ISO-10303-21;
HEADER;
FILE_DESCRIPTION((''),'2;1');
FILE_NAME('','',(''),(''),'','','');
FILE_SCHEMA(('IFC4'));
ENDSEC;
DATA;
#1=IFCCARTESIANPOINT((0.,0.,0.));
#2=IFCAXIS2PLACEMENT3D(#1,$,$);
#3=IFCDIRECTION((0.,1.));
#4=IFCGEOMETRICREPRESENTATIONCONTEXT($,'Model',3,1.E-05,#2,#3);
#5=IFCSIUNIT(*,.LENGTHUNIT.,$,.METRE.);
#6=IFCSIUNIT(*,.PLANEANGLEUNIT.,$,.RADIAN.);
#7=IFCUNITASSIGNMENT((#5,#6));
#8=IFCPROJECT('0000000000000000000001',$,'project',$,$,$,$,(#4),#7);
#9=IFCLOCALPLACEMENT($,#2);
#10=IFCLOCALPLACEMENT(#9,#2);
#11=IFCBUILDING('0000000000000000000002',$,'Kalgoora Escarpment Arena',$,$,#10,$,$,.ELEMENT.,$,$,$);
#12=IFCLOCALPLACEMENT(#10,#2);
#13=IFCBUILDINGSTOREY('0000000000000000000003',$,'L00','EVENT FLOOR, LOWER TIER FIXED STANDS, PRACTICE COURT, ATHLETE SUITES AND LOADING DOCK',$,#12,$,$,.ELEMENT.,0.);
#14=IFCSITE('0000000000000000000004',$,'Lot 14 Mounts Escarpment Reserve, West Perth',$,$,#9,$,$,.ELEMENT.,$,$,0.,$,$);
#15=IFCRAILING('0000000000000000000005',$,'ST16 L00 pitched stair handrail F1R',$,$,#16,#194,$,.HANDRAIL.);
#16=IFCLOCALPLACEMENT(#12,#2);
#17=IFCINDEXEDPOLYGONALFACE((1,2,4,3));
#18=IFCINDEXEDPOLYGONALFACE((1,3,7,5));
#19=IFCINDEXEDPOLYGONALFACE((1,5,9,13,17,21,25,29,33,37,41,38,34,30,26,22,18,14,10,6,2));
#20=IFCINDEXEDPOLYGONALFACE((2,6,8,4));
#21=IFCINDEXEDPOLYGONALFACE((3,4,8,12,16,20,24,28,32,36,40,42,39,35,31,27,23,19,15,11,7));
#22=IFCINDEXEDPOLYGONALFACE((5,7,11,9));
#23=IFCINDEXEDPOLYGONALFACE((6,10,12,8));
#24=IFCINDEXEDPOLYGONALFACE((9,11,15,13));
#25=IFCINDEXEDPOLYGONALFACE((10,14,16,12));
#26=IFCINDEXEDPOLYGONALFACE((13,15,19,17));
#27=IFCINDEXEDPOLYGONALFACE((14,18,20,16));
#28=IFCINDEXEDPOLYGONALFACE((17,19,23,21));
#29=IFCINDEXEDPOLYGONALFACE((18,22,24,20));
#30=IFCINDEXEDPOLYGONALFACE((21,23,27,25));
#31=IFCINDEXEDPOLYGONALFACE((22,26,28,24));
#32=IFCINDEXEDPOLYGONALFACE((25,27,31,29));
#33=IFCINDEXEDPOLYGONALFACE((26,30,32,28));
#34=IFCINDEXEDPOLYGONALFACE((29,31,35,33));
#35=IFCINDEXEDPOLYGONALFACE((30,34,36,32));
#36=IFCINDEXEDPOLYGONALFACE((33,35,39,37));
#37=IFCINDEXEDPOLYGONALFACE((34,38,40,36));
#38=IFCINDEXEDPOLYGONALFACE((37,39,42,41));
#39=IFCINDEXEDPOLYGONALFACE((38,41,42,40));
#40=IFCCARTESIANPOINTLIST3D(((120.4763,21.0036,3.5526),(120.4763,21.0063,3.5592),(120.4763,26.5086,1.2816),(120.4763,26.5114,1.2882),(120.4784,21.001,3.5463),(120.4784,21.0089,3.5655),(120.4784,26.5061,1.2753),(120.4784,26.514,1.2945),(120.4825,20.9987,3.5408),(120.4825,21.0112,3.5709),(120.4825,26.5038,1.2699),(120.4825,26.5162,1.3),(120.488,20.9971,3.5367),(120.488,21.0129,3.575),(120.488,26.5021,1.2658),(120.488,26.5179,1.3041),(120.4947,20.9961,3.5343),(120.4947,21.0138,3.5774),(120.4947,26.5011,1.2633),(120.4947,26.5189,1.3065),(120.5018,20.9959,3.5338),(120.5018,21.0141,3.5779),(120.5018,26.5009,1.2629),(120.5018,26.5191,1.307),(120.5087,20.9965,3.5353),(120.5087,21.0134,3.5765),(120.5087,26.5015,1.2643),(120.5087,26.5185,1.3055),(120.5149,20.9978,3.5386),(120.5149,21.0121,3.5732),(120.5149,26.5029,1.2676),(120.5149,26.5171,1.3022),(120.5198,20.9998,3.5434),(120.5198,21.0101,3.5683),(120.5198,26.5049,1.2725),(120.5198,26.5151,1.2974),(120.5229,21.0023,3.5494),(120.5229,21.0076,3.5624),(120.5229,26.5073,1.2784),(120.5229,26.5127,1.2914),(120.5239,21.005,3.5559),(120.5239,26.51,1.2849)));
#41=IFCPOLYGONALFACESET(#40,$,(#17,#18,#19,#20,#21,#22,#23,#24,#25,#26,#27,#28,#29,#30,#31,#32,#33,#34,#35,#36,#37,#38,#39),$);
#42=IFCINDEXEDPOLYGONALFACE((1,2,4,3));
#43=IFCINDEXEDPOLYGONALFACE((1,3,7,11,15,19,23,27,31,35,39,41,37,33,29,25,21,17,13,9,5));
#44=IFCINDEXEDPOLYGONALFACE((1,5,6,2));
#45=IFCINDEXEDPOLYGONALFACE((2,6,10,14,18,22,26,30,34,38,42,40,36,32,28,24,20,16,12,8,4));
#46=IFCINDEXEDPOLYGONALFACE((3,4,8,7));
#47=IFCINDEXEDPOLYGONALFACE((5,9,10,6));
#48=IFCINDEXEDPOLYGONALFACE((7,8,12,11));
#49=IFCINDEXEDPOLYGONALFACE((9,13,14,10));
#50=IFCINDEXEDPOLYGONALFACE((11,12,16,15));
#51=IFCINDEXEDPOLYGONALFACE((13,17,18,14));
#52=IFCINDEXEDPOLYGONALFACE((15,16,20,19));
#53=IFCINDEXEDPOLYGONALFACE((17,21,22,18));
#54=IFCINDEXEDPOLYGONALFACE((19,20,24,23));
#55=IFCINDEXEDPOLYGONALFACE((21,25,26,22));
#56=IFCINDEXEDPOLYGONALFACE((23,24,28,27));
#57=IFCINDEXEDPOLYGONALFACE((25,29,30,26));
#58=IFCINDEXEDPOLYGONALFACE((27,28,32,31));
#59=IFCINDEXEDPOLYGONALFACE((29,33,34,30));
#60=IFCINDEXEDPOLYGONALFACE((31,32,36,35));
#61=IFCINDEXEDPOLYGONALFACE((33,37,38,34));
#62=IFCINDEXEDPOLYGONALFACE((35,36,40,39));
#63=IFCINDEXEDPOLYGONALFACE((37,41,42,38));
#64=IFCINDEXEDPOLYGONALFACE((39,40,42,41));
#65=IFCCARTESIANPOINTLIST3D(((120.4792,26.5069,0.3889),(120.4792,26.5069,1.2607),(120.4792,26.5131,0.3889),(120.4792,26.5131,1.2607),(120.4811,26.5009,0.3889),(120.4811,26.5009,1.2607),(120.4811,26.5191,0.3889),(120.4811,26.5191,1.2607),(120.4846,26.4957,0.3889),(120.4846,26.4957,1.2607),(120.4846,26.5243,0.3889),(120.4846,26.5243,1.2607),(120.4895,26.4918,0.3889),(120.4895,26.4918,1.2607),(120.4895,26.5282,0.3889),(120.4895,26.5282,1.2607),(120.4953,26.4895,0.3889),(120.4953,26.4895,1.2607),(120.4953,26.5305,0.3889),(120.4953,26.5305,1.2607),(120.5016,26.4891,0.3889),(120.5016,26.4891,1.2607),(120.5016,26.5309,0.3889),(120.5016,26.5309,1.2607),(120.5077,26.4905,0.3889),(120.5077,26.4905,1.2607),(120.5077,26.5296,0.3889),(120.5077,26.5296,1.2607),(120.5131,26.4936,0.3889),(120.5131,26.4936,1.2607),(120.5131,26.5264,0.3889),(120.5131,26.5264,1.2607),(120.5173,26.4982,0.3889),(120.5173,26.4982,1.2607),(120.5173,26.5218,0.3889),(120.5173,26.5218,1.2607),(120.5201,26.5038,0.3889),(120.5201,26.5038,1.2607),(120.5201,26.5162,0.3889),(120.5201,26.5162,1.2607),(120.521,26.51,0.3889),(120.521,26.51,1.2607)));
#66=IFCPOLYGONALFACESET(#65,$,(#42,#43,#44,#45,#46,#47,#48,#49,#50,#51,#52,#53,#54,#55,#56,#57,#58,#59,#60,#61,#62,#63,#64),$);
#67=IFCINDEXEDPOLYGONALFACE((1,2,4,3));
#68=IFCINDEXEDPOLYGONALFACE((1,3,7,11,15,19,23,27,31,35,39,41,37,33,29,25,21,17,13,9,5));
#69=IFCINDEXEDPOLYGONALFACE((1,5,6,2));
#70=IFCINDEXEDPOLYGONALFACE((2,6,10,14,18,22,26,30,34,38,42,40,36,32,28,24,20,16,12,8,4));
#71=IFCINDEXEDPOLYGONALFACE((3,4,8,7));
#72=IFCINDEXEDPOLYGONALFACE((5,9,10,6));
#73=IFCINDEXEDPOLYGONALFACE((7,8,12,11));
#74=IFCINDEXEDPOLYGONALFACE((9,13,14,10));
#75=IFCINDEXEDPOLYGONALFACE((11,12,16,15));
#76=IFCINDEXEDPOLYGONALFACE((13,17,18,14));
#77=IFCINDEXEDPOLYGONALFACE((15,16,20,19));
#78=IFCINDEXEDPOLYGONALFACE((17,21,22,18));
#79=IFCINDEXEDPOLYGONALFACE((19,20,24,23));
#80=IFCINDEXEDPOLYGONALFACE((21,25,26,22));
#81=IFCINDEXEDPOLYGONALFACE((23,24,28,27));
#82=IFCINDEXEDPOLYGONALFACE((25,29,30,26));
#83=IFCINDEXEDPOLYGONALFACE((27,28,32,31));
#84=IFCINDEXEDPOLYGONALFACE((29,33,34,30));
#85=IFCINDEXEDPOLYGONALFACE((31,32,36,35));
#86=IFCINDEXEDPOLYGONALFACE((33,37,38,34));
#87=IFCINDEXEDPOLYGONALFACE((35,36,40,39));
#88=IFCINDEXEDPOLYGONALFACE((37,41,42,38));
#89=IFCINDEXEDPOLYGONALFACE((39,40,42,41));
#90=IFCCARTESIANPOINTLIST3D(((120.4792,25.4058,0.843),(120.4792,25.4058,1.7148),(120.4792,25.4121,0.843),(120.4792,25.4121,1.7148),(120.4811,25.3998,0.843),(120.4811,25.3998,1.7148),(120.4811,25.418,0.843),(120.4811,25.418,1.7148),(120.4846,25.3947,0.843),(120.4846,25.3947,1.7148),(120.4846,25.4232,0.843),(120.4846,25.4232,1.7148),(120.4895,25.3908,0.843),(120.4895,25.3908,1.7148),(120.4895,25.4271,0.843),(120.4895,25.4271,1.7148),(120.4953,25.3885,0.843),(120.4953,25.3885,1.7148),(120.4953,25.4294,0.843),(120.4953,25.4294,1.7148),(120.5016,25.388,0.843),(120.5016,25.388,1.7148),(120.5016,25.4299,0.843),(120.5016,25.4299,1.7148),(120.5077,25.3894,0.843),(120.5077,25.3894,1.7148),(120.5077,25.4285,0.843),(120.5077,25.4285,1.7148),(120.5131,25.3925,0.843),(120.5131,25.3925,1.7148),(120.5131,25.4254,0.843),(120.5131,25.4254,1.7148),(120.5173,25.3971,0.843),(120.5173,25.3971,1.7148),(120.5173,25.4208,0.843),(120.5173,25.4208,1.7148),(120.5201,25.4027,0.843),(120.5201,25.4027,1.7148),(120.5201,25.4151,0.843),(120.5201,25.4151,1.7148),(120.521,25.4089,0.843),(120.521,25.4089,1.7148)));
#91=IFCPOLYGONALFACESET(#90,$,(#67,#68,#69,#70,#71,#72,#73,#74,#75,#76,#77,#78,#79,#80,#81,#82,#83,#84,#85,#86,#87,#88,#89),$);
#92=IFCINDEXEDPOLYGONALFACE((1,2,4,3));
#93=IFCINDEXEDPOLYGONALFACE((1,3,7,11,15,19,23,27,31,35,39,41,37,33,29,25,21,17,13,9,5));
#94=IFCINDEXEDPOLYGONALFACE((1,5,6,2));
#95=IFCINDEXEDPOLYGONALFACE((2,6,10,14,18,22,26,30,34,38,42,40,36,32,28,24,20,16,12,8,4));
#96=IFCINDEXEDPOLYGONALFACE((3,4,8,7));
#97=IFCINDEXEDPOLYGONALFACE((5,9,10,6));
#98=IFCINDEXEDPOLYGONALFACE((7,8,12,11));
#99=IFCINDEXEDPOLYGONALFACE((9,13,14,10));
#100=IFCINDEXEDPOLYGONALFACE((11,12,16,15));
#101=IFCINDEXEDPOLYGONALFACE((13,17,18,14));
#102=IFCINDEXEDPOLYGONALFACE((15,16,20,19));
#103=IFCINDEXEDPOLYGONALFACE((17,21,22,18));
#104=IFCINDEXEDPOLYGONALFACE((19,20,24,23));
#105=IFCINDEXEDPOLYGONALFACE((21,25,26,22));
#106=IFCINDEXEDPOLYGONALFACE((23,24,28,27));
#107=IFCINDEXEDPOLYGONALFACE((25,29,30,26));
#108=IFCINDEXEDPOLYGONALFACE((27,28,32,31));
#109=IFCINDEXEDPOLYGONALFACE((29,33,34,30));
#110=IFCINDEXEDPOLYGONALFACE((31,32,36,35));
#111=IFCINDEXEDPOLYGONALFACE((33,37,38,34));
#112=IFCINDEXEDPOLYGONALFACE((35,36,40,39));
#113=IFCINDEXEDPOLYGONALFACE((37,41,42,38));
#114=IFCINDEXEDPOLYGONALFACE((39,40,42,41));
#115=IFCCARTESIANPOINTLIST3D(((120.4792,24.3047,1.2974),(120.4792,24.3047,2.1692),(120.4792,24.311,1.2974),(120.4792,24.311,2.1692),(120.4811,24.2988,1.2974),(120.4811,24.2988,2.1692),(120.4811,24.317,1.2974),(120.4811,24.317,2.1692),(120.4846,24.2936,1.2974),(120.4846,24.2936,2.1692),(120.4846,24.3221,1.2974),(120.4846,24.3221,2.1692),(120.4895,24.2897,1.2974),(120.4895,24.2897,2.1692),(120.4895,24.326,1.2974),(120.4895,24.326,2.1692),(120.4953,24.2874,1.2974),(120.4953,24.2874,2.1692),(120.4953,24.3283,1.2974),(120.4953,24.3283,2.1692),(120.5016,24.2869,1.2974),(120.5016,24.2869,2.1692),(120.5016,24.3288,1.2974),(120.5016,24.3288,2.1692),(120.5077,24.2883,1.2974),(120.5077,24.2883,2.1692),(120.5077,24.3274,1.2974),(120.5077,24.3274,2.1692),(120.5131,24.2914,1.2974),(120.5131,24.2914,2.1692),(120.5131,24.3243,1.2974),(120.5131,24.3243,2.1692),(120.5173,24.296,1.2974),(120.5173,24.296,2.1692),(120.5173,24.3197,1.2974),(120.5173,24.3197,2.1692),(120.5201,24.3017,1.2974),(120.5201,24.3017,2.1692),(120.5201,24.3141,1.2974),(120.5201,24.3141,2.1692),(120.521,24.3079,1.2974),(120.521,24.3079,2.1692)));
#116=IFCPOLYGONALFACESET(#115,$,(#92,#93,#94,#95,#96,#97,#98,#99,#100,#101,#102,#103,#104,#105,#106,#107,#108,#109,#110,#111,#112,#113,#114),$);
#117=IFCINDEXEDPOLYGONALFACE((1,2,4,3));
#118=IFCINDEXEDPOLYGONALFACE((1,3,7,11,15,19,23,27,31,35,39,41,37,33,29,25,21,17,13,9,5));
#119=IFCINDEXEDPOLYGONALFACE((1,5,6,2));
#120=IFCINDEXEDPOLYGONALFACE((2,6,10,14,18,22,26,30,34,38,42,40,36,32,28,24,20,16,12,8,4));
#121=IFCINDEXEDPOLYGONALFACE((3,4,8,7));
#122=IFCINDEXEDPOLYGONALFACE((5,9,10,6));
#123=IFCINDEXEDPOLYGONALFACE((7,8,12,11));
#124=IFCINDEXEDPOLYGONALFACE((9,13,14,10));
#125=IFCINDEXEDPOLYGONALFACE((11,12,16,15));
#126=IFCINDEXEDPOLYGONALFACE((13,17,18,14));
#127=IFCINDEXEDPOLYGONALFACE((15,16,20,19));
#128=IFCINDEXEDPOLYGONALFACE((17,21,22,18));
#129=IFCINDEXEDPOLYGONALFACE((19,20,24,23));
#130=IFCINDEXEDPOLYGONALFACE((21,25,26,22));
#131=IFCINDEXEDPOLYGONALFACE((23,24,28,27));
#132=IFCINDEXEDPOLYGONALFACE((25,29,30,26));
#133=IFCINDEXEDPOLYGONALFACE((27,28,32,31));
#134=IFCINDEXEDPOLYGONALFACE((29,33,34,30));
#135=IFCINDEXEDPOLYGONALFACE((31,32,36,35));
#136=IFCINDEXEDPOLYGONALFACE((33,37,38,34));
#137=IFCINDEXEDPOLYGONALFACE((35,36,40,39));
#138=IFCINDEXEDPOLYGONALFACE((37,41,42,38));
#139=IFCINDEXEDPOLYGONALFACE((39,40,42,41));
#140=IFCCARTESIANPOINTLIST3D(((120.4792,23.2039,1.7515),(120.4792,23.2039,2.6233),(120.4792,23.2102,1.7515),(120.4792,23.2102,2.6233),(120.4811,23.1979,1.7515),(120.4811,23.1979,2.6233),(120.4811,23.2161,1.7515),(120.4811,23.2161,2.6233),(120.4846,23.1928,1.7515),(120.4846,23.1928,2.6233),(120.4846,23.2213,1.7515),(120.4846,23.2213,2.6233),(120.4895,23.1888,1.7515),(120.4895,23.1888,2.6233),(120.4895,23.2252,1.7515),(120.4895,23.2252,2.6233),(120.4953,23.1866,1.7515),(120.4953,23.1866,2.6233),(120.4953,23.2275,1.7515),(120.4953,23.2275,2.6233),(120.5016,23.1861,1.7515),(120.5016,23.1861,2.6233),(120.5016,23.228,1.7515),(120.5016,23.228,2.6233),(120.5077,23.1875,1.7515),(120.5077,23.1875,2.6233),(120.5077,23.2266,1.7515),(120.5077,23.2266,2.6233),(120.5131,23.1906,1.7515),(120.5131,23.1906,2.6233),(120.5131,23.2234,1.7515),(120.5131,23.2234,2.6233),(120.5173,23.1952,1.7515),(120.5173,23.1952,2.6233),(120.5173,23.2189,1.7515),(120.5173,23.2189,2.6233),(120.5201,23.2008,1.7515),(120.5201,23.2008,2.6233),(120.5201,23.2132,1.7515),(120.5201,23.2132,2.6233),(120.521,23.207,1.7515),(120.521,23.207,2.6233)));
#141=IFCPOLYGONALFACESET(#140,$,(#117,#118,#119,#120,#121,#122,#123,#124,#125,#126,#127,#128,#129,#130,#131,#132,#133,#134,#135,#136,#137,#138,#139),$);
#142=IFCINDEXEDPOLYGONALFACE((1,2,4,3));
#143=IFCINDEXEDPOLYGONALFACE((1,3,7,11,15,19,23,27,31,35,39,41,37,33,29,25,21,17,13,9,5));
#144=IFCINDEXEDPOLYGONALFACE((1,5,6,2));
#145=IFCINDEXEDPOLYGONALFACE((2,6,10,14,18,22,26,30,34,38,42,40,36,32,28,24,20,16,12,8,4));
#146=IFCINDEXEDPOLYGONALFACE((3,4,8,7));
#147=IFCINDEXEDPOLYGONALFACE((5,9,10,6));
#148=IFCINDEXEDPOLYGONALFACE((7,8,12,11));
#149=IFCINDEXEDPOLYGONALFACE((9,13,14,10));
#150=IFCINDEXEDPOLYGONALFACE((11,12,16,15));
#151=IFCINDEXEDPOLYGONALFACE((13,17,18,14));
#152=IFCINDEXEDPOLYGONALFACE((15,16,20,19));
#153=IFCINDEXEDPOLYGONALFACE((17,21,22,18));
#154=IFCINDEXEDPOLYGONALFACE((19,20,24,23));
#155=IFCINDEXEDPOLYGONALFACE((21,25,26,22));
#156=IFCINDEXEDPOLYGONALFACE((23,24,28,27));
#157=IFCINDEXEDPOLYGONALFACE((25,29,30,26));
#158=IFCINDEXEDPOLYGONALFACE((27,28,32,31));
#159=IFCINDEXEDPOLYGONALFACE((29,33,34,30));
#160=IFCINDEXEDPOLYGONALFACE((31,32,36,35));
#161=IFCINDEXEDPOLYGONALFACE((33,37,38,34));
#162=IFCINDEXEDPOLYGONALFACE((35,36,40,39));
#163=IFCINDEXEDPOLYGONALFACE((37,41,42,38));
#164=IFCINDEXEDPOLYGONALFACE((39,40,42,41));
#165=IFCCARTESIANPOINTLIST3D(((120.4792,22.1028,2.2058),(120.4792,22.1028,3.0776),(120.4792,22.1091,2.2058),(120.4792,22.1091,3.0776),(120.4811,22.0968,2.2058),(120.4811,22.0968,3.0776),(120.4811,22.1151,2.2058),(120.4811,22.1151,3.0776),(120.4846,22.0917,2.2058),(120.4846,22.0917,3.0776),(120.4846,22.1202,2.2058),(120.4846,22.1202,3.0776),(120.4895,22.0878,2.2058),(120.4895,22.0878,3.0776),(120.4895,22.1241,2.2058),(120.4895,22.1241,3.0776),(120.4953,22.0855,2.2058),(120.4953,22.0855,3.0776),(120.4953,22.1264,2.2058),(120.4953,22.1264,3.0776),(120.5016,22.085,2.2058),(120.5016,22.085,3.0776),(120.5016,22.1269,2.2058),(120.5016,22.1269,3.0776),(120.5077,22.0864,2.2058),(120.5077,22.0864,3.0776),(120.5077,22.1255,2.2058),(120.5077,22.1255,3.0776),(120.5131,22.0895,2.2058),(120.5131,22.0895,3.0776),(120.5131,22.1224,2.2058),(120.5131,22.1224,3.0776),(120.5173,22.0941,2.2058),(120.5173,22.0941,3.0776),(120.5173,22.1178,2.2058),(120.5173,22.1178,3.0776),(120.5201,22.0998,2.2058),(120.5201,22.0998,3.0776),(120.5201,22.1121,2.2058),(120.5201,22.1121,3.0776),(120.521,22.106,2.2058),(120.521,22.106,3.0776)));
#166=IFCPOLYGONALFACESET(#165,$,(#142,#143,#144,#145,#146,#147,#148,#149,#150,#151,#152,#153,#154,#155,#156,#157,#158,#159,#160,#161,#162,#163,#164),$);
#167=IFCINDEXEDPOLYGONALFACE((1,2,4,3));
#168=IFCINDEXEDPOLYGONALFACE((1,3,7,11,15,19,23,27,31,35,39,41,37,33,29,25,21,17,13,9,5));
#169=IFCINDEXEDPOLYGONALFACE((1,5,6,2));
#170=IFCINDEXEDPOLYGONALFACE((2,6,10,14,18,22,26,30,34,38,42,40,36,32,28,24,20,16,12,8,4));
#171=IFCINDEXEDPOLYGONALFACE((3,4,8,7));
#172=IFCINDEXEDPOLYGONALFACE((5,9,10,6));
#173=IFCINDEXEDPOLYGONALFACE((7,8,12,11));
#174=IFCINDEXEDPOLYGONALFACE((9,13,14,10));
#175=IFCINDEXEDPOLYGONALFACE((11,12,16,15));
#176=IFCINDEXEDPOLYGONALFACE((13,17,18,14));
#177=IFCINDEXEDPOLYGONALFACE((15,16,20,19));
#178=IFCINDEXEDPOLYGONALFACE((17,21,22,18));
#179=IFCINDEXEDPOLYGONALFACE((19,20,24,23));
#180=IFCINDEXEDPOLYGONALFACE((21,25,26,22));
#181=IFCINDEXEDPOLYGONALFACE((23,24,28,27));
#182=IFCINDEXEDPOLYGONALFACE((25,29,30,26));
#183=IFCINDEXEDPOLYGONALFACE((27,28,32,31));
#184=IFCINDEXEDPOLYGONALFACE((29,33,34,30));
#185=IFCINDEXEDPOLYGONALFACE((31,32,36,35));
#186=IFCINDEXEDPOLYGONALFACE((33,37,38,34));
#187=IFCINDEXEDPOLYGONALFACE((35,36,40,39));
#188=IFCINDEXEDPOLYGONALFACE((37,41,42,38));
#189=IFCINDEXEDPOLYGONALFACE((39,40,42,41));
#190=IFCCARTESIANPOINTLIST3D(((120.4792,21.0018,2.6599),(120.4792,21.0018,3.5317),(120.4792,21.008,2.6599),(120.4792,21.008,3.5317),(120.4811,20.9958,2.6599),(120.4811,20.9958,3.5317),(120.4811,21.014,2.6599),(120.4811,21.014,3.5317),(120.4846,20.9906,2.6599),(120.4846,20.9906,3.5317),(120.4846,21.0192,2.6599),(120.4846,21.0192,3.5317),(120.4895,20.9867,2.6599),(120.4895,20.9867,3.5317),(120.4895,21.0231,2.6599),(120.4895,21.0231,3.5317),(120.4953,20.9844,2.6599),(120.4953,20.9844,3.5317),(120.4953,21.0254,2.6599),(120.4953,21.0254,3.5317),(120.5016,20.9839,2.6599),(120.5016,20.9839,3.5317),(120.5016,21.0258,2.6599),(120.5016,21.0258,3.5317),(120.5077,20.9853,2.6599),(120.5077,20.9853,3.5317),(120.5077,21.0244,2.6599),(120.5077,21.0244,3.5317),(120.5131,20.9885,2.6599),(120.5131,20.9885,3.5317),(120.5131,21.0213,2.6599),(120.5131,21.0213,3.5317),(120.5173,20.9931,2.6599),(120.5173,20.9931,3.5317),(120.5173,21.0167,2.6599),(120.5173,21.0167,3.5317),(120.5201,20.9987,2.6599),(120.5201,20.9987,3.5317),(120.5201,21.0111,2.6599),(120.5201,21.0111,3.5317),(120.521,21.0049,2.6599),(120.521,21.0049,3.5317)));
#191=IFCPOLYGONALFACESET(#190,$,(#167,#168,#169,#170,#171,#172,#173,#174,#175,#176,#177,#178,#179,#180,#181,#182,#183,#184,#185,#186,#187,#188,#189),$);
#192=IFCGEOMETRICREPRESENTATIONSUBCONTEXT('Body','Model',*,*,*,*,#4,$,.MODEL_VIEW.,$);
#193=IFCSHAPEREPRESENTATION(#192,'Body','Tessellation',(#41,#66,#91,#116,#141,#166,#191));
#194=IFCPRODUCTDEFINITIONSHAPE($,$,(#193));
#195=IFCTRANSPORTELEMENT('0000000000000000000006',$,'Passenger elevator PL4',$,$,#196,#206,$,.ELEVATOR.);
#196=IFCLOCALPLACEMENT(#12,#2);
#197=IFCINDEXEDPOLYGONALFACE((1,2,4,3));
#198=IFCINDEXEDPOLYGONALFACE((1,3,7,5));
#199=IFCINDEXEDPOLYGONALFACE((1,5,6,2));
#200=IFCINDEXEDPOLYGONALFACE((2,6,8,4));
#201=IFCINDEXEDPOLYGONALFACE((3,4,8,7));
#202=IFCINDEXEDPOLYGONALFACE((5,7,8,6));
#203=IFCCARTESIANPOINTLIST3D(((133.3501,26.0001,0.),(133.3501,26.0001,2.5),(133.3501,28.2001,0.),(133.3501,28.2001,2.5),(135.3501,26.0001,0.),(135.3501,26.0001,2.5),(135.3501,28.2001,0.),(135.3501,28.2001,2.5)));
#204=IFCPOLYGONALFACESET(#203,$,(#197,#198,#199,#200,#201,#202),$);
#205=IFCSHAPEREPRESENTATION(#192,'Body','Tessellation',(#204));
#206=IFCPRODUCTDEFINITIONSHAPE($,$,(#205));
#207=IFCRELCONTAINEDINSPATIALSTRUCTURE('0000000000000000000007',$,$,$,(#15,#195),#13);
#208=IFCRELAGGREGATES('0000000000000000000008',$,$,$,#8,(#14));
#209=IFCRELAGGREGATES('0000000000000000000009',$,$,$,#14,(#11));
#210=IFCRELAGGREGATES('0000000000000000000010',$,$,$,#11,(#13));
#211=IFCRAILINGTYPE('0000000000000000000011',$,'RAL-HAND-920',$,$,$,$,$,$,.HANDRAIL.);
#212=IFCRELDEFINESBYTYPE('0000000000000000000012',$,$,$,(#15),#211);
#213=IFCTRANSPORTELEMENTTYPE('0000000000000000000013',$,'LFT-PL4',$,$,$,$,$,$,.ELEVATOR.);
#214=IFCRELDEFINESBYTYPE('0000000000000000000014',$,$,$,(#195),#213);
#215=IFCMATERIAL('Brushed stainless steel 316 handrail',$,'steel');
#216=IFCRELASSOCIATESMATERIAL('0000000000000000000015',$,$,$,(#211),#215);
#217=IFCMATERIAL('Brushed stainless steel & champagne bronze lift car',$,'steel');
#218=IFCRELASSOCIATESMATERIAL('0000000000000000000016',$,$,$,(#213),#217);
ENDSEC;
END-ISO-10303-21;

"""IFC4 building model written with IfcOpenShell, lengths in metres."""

from ifc_helpers import new_model, si_unit, direction, frame, origin, origin_2d, place, context, subcontext, project, spatial, rectangle, circle, extrude, material, type_object, element, save


model = new_model("IFC4")

# Units and contexts
model_context = context("Model", 3, precision=1e-05, world=origin(), true_north=direction((0.0, 1.0)))
body_context = subcontext(model_context, "Body", "Model", "MODEL_VIEW")
ifc_project = project(units=[si_unit("LENGTHUNIT", "METRE"), si_unit("PLANEANGLEUNIT", "RADIAN")], contexts=[model_context])

# Site, building, storey
site_placement = place(None, origin())
site = spatial("IfcSite", under=ifc_project, at=site_placement, Name="Lot 14 Mounts Escarpment Reserve, West Perth", CompositionType="ELEMENT", RefElevation=0.0)
building_placement = place(site_placement, origin())
building = spatial("IfcBuilding", under=site, at=building_placement, Name="Kalgoora Escarpment Arena", CompositionType="ELEMENT")
storey_placement = place(building_placement, origin())
storey = spatial("IfcBuildingStorey", under=building, at=storey_placement, Name="L00", Description="EVENT FLOOR, LOWER TIER FIXED STANDS, PRACTICE COURT, ATHLETE SUITES AND LOADING DOCK", CompositionType="ELEMENT", Elevation=0.0)

# Railing
ifc_material_1 = material(Name="Brushed stainless steel 316 handrail", Category="steel")
railing_type = type_object("IfcRailingType", Name="RAL-HAND-920", PredefinedType="HANDRAIL", material=ifc_material_1)
for number, where, name in (
    (1, (120.5, 26.51, 0.3889), "ST16 L00 pitched stair handrail F1R"),
):
    element("IfcRailing", number, at=place(storey_placement, frame(where)), inside=storey, type_object=railing_type, Name=name, PredefinedType="HANDRAIL", context=body_context, shape_type="SweptSolid", body=[
        extrude(circle(Radius=0.0239, at=origin_2d()), frame((0.0, 0.0, 0.896), z_axis=(0.0, -0.924431, 0.38135), x_axis=(1.0, 0.0, 0.0)), (0.0, 0.0, 1.0), 5.9551),
        extrude(circle(Radius=0.021, at=origin_2d()), origin(), (0.0, 0.0, 1.0), 0.8718),
        extrude(circle(Radius=0.021, at=origin_2d()), frame((0.0, -1.1011, 0.4541)), (0.0, 0.0, 1.0), 0.8718),
        extrude(circle(Radius=0.021, at=origin_2d()), frame((0.0, -2.2021, 0.9084)), (0.0, 0.0, 1.0), 0.8718),
        extrude(circle(Radius=0.021, at=origin_2d()), frame((0.0, -3.303, 1.3625)), (0.0, 0.0, 1.0), 0.8718),
        extrude(circle(Radius=0.021, at=origin_2d()), frame((0.0, -4.4041, 1.8169)), (0.0, 0.0, 1.0), 0.8718),
        extrude(circle(Radius=0.021, at=origin_2d()), frame((0.0, -5.5051, 2.271)), (0.0, 0.0, 1.0), 0.8718),
    ])

# Transport element
ifc_material_2 = material(Name="Brushed stainless steel & champagne bronze lift car", Category="steel")
transport_element_type = type_object("IfcTransportElementType", Name="LFT-PL4", PredefinedType="ELEVATOR", material=ifc_material_2)
transport_element_placement = place(storey_placement, frame((134.3501, 27.1001, 0.0), z_axis=(0.0, 0.0, 1.0), x_axis=(1.0, 0.0, 0.0)))
element("IfcTransportElement", 2, at=transport_element_placement, inside=storey, type_object=transport_element_type, Name="Passenger elevator PL4", PredefinedType="ELEVATOR", context=body_context, shape_type="SweptSolid", body=[
    extrude(rectangle(XDim=2.0, YDim=2.2, at=origin_2d()), origin(), (0.0, 0.0, 1.0), 2.5),
])

save(model, "model.ifc")
